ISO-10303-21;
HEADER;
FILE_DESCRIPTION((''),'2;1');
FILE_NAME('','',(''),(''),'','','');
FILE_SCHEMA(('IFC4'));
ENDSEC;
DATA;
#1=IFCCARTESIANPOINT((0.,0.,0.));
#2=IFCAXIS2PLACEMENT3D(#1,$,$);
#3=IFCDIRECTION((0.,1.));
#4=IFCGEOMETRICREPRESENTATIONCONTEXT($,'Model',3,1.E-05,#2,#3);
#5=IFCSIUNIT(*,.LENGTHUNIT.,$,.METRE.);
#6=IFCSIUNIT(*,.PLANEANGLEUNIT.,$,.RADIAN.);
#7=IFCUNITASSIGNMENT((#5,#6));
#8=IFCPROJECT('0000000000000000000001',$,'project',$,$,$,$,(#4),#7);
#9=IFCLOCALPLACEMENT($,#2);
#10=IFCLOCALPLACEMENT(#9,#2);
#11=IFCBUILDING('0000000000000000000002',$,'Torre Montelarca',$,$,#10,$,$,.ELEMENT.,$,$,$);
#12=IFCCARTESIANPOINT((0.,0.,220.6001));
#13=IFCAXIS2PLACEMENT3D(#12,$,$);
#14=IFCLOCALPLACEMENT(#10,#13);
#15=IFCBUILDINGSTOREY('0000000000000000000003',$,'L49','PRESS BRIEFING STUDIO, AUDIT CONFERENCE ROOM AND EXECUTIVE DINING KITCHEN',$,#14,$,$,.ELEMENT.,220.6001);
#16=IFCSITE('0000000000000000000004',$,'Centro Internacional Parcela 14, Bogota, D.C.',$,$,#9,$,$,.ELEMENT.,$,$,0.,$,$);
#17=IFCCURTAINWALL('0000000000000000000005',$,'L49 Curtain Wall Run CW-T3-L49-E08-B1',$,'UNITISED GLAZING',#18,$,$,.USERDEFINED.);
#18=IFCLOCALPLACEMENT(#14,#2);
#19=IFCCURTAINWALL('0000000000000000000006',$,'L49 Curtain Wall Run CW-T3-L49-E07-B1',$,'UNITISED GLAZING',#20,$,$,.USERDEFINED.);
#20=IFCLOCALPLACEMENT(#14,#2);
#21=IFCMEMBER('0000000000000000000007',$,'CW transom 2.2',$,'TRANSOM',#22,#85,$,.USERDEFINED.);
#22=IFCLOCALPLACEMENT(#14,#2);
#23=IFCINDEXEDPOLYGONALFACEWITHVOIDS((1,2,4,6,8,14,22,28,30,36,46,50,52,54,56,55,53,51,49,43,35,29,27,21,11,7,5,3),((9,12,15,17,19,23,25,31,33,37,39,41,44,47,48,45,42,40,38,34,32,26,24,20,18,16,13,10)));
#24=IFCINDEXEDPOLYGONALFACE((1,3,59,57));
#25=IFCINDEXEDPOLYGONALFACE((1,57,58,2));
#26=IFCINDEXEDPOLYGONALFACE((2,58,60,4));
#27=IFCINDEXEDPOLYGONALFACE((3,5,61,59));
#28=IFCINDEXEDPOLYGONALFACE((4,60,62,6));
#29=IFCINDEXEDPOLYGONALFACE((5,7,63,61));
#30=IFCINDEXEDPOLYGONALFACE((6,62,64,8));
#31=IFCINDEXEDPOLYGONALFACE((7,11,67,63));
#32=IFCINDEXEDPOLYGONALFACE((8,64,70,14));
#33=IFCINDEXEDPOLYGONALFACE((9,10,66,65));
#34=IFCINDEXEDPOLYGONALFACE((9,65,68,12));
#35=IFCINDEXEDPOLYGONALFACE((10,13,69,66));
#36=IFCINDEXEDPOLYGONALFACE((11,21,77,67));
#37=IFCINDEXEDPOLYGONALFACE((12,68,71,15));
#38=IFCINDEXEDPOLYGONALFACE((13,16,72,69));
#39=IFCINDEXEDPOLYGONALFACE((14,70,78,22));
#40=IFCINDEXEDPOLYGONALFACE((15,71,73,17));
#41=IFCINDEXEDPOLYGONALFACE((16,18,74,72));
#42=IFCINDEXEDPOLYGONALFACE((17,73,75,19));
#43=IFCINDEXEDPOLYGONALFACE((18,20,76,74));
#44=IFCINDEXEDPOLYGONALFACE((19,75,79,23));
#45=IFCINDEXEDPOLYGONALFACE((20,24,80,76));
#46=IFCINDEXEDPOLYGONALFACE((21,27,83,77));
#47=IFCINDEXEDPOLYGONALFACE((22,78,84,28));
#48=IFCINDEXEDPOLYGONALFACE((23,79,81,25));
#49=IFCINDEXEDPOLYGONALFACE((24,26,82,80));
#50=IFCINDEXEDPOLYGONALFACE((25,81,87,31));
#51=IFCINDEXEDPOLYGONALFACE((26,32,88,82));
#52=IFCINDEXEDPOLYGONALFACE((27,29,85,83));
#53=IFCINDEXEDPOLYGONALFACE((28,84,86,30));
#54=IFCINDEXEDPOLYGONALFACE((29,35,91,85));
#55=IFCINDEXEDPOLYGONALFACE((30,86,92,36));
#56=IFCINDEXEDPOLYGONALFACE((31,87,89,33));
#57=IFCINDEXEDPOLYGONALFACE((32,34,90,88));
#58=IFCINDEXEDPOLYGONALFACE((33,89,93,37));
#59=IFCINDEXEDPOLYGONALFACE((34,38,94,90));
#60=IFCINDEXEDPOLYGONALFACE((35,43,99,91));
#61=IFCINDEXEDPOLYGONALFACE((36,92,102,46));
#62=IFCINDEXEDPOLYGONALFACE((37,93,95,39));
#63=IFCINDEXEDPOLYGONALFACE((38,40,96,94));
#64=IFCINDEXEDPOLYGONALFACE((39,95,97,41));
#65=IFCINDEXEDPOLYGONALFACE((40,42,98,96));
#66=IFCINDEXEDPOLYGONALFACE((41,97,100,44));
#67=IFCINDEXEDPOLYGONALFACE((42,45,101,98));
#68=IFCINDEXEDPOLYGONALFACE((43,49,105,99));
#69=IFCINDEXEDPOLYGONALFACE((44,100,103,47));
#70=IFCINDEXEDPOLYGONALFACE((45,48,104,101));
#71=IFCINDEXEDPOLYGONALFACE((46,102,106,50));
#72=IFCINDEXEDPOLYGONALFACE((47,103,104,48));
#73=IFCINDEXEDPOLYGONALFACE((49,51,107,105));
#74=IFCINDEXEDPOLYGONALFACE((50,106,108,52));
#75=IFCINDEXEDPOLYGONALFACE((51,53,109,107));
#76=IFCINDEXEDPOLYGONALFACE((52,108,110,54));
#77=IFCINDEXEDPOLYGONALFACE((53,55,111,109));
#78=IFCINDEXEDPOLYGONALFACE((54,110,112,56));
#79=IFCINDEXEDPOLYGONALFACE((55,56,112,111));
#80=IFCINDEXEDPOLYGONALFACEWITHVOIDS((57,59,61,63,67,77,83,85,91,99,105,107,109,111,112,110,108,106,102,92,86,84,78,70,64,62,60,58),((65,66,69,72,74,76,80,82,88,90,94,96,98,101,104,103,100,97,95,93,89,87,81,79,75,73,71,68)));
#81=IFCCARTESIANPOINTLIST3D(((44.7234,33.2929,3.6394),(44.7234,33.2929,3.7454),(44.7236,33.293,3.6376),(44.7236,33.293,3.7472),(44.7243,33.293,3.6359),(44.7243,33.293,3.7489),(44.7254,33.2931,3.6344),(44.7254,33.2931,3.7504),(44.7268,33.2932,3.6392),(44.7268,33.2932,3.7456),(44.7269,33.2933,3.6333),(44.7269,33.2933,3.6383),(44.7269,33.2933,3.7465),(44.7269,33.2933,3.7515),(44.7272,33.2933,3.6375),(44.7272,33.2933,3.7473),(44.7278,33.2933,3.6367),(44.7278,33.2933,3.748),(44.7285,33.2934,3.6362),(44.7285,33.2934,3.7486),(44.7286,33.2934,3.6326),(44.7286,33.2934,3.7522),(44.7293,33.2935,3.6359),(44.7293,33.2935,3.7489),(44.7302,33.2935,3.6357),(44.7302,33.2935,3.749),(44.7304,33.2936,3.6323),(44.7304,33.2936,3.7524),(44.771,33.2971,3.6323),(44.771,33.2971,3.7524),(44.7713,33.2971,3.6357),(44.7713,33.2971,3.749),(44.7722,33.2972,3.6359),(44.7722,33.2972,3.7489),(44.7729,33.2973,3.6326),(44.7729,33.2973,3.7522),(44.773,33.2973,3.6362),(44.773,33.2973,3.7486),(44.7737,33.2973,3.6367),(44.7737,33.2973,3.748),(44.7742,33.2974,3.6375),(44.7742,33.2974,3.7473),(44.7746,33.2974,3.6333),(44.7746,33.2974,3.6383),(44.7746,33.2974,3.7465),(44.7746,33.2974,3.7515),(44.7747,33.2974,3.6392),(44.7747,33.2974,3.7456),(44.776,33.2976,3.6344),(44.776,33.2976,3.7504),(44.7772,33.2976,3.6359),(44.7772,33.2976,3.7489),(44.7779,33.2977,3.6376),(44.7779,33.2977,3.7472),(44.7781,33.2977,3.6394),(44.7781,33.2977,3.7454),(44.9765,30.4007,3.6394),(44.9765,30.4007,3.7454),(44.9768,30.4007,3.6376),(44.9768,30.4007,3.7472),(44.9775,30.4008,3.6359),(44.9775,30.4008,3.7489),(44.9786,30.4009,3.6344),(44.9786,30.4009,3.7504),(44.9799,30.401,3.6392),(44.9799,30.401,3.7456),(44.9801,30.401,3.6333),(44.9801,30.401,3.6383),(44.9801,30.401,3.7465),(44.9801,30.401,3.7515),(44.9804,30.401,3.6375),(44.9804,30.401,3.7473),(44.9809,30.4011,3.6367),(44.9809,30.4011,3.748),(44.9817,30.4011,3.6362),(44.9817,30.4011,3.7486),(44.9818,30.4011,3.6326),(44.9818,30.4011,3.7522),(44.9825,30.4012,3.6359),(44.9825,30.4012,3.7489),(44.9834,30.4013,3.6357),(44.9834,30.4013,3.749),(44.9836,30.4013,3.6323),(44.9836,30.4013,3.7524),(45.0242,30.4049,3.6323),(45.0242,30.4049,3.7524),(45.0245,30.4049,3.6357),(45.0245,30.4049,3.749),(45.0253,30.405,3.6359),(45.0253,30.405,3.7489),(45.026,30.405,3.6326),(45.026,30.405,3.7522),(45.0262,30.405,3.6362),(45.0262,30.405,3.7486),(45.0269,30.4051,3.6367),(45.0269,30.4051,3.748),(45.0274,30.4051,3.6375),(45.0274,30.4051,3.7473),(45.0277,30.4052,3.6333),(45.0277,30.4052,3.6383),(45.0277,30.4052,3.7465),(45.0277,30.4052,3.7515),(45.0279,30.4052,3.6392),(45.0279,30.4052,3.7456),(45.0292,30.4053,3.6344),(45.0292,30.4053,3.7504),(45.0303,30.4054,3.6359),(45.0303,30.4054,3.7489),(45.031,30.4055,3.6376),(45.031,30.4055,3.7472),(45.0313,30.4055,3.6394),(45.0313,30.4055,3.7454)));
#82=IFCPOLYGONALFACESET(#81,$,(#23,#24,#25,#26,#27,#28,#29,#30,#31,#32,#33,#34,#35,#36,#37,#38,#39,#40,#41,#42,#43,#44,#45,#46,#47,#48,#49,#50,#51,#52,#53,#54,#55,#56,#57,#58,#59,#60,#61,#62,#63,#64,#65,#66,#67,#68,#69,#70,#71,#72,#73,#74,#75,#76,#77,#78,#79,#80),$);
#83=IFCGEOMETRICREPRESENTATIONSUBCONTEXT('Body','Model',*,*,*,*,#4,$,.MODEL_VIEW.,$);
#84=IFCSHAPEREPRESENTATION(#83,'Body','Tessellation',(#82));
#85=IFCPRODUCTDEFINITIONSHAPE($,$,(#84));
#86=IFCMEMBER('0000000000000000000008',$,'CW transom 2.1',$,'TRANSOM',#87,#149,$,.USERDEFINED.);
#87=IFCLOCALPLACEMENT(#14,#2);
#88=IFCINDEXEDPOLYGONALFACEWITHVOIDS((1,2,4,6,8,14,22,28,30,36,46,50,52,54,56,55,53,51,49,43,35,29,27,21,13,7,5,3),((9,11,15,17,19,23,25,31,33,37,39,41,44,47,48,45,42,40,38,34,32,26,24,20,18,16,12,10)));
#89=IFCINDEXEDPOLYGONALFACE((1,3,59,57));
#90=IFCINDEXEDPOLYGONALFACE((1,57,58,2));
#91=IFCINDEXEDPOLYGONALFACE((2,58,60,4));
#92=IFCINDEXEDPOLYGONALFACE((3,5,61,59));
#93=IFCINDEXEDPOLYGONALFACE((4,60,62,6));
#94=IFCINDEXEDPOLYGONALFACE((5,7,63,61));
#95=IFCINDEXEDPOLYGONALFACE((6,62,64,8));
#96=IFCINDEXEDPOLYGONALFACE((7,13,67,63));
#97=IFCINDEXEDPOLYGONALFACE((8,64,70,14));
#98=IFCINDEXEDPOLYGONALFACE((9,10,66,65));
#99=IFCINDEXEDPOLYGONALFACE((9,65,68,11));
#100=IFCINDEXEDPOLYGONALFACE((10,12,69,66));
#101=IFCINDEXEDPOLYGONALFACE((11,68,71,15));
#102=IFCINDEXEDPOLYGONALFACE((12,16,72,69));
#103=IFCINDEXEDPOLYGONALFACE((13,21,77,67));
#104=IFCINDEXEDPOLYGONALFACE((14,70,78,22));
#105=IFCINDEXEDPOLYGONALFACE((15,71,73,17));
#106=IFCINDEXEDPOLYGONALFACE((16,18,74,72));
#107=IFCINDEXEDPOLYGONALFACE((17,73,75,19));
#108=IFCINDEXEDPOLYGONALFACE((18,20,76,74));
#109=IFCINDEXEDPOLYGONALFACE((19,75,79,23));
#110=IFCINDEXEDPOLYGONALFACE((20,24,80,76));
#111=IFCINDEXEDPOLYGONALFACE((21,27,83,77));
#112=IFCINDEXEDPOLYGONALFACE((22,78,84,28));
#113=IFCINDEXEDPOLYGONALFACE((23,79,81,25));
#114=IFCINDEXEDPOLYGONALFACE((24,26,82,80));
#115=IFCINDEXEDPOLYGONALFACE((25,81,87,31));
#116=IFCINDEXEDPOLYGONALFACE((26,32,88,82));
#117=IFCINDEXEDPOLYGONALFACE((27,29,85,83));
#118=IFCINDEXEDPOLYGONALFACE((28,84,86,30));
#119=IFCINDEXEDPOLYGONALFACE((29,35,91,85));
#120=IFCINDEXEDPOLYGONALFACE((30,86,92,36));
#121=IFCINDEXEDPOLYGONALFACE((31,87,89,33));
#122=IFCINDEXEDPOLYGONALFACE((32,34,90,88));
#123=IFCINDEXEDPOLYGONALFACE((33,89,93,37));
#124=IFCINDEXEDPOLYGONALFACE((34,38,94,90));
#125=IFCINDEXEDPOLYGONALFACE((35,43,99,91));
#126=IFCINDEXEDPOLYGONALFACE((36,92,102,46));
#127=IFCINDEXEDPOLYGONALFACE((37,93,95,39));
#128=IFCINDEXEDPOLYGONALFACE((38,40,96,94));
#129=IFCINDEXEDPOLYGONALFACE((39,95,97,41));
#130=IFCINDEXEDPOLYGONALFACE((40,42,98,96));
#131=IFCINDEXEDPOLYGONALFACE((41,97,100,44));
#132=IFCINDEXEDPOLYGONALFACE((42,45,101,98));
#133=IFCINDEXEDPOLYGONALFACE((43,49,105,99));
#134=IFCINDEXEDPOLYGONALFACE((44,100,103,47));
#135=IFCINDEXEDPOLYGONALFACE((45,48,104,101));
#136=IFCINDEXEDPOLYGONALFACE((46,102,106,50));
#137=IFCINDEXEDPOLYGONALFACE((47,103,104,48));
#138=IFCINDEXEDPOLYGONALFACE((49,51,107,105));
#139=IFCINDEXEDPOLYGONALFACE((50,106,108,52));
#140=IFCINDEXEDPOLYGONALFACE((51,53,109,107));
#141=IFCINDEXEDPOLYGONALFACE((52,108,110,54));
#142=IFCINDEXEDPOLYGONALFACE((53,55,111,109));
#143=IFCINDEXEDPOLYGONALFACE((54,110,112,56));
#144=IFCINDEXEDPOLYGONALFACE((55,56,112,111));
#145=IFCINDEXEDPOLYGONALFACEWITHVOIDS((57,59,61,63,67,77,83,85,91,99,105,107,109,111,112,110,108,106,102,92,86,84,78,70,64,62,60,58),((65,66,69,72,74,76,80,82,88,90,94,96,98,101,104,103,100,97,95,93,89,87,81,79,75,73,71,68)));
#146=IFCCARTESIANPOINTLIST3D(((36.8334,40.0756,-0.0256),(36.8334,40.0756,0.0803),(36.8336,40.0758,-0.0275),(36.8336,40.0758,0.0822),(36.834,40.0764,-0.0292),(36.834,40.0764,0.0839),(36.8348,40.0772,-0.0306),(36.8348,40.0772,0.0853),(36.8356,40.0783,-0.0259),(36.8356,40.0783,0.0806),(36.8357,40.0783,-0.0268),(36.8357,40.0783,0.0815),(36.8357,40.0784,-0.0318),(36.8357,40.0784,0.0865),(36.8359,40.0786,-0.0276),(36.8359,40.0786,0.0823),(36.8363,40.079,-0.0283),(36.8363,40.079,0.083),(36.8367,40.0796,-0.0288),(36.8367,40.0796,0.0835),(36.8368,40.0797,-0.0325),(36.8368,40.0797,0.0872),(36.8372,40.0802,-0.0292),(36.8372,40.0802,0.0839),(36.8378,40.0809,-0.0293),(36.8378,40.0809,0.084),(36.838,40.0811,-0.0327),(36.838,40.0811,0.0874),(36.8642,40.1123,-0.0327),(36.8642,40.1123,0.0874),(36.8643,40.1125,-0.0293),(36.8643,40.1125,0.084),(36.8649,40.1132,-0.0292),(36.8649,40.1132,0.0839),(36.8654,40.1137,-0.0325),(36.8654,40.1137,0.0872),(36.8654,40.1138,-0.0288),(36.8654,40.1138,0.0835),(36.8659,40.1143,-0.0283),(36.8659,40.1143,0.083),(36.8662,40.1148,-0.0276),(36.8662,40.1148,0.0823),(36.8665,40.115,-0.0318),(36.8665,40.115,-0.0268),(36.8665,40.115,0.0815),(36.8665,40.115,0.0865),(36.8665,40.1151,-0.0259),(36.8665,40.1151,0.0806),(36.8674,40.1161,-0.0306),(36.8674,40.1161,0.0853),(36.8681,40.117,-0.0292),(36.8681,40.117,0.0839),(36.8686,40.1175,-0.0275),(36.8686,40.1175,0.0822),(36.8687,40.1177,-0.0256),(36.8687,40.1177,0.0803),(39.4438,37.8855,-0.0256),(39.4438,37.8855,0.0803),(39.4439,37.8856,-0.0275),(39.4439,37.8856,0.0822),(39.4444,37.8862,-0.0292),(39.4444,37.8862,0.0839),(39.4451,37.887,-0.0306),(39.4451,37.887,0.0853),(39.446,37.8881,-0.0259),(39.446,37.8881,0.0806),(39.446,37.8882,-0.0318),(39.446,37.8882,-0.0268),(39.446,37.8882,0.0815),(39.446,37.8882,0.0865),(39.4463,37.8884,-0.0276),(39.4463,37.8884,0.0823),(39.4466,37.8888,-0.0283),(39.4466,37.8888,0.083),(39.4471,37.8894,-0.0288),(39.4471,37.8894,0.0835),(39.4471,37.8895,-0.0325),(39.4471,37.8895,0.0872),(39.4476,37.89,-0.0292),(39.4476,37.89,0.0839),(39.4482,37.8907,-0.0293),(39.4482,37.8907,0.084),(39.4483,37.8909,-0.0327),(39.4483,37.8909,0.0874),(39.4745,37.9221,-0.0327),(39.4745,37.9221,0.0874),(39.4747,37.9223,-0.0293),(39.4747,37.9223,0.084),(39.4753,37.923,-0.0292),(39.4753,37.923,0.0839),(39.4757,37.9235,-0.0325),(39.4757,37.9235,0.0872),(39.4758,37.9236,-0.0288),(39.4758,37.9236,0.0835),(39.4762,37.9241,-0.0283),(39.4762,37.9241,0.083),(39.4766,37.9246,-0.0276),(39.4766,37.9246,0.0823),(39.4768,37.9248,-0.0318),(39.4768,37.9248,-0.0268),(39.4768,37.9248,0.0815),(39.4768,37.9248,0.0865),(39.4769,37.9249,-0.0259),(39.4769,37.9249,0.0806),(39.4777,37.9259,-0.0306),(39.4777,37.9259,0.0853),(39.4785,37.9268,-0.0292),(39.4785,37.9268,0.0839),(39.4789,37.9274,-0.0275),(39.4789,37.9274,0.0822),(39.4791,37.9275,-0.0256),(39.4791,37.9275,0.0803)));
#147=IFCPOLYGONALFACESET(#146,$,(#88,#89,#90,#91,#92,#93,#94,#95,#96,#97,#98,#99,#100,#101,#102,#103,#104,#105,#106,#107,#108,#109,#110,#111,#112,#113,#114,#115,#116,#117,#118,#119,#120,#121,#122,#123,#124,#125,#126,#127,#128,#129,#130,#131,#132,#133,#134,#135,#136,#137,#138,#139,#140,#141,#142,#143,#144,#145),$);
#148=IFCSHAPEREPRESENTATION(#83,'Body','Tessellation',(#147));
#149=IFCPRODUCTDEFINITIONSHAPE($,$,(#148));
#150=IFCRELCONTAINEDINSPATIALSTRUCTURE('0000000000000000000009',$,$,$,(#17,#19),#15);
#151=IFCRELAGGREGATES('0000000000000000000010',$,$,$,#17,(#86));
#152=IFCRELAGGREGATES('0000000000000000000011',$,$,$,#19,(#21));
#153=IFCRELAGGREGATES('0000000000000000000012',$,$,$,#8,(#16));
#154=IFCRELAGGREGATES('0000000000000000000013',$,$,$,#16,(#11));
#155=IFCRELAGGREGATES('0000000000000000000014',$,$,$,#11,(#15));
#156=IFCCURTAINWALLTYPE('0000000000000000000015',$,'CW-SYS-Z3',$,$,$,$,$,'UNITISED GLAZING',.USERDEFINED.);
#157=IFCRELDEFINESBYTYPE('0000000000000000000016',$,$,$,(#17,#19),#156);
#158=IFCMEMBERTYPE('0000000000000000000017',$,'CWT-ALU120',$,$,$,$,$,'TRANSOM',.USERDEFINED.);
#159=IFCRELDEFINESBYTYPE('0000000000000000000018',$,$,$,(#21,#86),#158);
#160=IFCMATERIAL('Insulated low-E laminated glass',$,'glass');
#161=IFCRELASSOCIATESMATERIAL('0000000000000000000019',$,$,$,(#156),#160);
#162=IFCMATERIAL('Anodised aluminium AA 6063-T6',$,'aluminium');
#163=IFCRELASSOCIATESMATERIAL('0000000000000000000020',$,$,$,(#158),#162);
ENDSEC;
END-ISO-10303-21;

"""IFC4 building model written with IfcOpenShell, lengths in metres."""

from ifc_helpers import new_model, si_unit, direction, frame, origin, origin_2d, place, context, subcontext, project, spatial, hollow_rectangle, extrude, source, transform, mapped, material, material_profile, profile_set, type_object, element, aggregate, save


model = new_model("IFC4")

# Units and contexts
model_context = context("Model", 3, precision=1e-05, world=origin(), true_north=direction((0.0, 1.0)))
body_context = subcontext(model_context, "Body", "Model", "MODEL_VIEW")
ifc_project = project(units=[si_unit("LENGTHUNIT", "METRE"), si_unit("PLANEANGLEUNIT", "RADIAN")], contexts=[model_context])

# Site, building, storey
site_placement = place(None, origin())
site = spatial("IfcSite", under=ifc_project, at=site_placement, Name="Centro Internacional Parcela 14, Bogota, D.C.", CompositionType="ELEMENT", RefElevation=0.0)
building_placement = place(site_placement, origin())
building = spatial("IfcBuilding", under=site, at=building_placement, Name="Torre Montelarca", CompositionType="ELEMENT")
storey_placement = place(building_placement, frame((0.0, 0.0, 220.6001)))
storey = spatial("IfcBuildingStorey", under=building, at=storey_placement, Name="L49", Description="PRESS BRIEFING STUDIO, AUDIT CONFERENCE ROOM AND EXECUTIVE DINING KITCHEN", CompositionType="ELEMENT", Elevation=220.6001)

# Curtain wall
ifc_material_1 = material(Name="Insulated low-E laminated glass", Category="glass")
curtain_wall_type = type_object("IfcCurtainWallType", Name="CW-SYS-Z3", ElementType="UNITISED GLAZING", PredefinedType="USERDEFINED", material=ifc_material_1)
curtain_wall_1_placement = place(storey_placement, origin())
curtain_wall_1 = element("IfcCurtainWall", 1, at=curtain_wall_1_placement, inside=storey, type_object=curtain_wall_type, Name="L49 Curtain Wall Run CW-T3-L49-E08-B1", ObjectType="UNITISED GLAZING", PredefinedType="USERDEFINED")
ifc_material_2 = material(Name="Anodised aluminium AA 6063-T6", Category="aluminium")
ifc_material_profile_1 = material_profile(ifc_material_2, hollow_rectangle(XDim=0.0549, YDim=0.1201, WallThickness=0.0034, InnerFilletRadius=0.0034, OuterFilletRadius=0.0071, at=origin_2d()), Name="ALU55X120X3.5", Category="aluminium")
ifc_profile_set_1 = profile_set([ifc_material_profile_1], Name="Anodised aluminium AA 6063-T6")
member_type_1 = type_object("IfcMemberType", Name="CWT-ALU120", ElementType="TRANSOM", PredefinedType="USERDEFINED", material=ifc_profile_set_1)

# Curtain wall, member
curtain_wall_2_placement = place(storey_placement, origin())
curtain_wall_2 = element("IfcCurtainWall", 2, at=curtain_wall_2_placement, inside=storey, type_object=curtain_wall_type, Name="L49 Curtain Wall Run CW-T3-L49-E07-B1", ObjectType="UNITISED GLAZING", PredefinedType="USERDEFINED")
shared_shape_1 = source(origin(), body_context, "Body", "SweptSolid", [
    extrude(hollow_rectangle(XDim=0.0549, YDim=0.1201, WallThickness=0.0034, InnerFilletRadius=0.0034, OuterFilletRadius=0.0071, at=origin_2d()), origin(), (0.0, 0.0, 1.0), 2.9033),
])
member_1_placement = place(storey_placement, frame((45.0039, 30.4031, 3.6924), z_axis=(-0.087199, 0.996191, 0.0), x_axis=(-0.996191, -0.087199, 0.0)))
member_1 = element("IfcMember", 3, at=member_1_placement, type_object=member_type_1, Name="CW transom 2.2", ObjectType="TRANSOM", PredefinedType="USERDEFINED", context=body_context, shape_type="MappedRepresentation", body=[
    mapped(shared_shape_1, transform((0.0, 0.0, 0.0), scale=1.0)),
])

# Member
shared_shape_2 = source(origin(), body_context, "Body", "SweptSolid", [
    extrude(hollow_rectangle(XDim=0.0549, YDim=0.1201, WallThickness=0.0034, InnerFilletRadius=0.0034, OuterFilletRadius=0.0071, at=origin_2d()), origin(), (0.0, 0.0, 1.0), 3.4075),
])
member_2_placement = place(storey_placement, frame((39.4614, 37.9065, 0.0273), z_axis=(-0.766067, 0.64276, 0.0), x_axis=(-0.64276, -0.766067, 0.0)))
member_2 = element("IfcMember", 4, at=member_2_placement, type_object=member_type_1, Name="CW transom 2.1", ObjectType="TRANSOM", PredefinedType="USERDEFINED", context=body_context, shape_type="MappedRepresentation", body=[
    mapped(shared_shape_2, transform((0.0, 0.0, 0.0), scale=1.0)),
])

aggregate(curtain_wall_1, [member_2])
aggregate(curtain_wall_2, [member_1])

save(model, "model.ifc")
